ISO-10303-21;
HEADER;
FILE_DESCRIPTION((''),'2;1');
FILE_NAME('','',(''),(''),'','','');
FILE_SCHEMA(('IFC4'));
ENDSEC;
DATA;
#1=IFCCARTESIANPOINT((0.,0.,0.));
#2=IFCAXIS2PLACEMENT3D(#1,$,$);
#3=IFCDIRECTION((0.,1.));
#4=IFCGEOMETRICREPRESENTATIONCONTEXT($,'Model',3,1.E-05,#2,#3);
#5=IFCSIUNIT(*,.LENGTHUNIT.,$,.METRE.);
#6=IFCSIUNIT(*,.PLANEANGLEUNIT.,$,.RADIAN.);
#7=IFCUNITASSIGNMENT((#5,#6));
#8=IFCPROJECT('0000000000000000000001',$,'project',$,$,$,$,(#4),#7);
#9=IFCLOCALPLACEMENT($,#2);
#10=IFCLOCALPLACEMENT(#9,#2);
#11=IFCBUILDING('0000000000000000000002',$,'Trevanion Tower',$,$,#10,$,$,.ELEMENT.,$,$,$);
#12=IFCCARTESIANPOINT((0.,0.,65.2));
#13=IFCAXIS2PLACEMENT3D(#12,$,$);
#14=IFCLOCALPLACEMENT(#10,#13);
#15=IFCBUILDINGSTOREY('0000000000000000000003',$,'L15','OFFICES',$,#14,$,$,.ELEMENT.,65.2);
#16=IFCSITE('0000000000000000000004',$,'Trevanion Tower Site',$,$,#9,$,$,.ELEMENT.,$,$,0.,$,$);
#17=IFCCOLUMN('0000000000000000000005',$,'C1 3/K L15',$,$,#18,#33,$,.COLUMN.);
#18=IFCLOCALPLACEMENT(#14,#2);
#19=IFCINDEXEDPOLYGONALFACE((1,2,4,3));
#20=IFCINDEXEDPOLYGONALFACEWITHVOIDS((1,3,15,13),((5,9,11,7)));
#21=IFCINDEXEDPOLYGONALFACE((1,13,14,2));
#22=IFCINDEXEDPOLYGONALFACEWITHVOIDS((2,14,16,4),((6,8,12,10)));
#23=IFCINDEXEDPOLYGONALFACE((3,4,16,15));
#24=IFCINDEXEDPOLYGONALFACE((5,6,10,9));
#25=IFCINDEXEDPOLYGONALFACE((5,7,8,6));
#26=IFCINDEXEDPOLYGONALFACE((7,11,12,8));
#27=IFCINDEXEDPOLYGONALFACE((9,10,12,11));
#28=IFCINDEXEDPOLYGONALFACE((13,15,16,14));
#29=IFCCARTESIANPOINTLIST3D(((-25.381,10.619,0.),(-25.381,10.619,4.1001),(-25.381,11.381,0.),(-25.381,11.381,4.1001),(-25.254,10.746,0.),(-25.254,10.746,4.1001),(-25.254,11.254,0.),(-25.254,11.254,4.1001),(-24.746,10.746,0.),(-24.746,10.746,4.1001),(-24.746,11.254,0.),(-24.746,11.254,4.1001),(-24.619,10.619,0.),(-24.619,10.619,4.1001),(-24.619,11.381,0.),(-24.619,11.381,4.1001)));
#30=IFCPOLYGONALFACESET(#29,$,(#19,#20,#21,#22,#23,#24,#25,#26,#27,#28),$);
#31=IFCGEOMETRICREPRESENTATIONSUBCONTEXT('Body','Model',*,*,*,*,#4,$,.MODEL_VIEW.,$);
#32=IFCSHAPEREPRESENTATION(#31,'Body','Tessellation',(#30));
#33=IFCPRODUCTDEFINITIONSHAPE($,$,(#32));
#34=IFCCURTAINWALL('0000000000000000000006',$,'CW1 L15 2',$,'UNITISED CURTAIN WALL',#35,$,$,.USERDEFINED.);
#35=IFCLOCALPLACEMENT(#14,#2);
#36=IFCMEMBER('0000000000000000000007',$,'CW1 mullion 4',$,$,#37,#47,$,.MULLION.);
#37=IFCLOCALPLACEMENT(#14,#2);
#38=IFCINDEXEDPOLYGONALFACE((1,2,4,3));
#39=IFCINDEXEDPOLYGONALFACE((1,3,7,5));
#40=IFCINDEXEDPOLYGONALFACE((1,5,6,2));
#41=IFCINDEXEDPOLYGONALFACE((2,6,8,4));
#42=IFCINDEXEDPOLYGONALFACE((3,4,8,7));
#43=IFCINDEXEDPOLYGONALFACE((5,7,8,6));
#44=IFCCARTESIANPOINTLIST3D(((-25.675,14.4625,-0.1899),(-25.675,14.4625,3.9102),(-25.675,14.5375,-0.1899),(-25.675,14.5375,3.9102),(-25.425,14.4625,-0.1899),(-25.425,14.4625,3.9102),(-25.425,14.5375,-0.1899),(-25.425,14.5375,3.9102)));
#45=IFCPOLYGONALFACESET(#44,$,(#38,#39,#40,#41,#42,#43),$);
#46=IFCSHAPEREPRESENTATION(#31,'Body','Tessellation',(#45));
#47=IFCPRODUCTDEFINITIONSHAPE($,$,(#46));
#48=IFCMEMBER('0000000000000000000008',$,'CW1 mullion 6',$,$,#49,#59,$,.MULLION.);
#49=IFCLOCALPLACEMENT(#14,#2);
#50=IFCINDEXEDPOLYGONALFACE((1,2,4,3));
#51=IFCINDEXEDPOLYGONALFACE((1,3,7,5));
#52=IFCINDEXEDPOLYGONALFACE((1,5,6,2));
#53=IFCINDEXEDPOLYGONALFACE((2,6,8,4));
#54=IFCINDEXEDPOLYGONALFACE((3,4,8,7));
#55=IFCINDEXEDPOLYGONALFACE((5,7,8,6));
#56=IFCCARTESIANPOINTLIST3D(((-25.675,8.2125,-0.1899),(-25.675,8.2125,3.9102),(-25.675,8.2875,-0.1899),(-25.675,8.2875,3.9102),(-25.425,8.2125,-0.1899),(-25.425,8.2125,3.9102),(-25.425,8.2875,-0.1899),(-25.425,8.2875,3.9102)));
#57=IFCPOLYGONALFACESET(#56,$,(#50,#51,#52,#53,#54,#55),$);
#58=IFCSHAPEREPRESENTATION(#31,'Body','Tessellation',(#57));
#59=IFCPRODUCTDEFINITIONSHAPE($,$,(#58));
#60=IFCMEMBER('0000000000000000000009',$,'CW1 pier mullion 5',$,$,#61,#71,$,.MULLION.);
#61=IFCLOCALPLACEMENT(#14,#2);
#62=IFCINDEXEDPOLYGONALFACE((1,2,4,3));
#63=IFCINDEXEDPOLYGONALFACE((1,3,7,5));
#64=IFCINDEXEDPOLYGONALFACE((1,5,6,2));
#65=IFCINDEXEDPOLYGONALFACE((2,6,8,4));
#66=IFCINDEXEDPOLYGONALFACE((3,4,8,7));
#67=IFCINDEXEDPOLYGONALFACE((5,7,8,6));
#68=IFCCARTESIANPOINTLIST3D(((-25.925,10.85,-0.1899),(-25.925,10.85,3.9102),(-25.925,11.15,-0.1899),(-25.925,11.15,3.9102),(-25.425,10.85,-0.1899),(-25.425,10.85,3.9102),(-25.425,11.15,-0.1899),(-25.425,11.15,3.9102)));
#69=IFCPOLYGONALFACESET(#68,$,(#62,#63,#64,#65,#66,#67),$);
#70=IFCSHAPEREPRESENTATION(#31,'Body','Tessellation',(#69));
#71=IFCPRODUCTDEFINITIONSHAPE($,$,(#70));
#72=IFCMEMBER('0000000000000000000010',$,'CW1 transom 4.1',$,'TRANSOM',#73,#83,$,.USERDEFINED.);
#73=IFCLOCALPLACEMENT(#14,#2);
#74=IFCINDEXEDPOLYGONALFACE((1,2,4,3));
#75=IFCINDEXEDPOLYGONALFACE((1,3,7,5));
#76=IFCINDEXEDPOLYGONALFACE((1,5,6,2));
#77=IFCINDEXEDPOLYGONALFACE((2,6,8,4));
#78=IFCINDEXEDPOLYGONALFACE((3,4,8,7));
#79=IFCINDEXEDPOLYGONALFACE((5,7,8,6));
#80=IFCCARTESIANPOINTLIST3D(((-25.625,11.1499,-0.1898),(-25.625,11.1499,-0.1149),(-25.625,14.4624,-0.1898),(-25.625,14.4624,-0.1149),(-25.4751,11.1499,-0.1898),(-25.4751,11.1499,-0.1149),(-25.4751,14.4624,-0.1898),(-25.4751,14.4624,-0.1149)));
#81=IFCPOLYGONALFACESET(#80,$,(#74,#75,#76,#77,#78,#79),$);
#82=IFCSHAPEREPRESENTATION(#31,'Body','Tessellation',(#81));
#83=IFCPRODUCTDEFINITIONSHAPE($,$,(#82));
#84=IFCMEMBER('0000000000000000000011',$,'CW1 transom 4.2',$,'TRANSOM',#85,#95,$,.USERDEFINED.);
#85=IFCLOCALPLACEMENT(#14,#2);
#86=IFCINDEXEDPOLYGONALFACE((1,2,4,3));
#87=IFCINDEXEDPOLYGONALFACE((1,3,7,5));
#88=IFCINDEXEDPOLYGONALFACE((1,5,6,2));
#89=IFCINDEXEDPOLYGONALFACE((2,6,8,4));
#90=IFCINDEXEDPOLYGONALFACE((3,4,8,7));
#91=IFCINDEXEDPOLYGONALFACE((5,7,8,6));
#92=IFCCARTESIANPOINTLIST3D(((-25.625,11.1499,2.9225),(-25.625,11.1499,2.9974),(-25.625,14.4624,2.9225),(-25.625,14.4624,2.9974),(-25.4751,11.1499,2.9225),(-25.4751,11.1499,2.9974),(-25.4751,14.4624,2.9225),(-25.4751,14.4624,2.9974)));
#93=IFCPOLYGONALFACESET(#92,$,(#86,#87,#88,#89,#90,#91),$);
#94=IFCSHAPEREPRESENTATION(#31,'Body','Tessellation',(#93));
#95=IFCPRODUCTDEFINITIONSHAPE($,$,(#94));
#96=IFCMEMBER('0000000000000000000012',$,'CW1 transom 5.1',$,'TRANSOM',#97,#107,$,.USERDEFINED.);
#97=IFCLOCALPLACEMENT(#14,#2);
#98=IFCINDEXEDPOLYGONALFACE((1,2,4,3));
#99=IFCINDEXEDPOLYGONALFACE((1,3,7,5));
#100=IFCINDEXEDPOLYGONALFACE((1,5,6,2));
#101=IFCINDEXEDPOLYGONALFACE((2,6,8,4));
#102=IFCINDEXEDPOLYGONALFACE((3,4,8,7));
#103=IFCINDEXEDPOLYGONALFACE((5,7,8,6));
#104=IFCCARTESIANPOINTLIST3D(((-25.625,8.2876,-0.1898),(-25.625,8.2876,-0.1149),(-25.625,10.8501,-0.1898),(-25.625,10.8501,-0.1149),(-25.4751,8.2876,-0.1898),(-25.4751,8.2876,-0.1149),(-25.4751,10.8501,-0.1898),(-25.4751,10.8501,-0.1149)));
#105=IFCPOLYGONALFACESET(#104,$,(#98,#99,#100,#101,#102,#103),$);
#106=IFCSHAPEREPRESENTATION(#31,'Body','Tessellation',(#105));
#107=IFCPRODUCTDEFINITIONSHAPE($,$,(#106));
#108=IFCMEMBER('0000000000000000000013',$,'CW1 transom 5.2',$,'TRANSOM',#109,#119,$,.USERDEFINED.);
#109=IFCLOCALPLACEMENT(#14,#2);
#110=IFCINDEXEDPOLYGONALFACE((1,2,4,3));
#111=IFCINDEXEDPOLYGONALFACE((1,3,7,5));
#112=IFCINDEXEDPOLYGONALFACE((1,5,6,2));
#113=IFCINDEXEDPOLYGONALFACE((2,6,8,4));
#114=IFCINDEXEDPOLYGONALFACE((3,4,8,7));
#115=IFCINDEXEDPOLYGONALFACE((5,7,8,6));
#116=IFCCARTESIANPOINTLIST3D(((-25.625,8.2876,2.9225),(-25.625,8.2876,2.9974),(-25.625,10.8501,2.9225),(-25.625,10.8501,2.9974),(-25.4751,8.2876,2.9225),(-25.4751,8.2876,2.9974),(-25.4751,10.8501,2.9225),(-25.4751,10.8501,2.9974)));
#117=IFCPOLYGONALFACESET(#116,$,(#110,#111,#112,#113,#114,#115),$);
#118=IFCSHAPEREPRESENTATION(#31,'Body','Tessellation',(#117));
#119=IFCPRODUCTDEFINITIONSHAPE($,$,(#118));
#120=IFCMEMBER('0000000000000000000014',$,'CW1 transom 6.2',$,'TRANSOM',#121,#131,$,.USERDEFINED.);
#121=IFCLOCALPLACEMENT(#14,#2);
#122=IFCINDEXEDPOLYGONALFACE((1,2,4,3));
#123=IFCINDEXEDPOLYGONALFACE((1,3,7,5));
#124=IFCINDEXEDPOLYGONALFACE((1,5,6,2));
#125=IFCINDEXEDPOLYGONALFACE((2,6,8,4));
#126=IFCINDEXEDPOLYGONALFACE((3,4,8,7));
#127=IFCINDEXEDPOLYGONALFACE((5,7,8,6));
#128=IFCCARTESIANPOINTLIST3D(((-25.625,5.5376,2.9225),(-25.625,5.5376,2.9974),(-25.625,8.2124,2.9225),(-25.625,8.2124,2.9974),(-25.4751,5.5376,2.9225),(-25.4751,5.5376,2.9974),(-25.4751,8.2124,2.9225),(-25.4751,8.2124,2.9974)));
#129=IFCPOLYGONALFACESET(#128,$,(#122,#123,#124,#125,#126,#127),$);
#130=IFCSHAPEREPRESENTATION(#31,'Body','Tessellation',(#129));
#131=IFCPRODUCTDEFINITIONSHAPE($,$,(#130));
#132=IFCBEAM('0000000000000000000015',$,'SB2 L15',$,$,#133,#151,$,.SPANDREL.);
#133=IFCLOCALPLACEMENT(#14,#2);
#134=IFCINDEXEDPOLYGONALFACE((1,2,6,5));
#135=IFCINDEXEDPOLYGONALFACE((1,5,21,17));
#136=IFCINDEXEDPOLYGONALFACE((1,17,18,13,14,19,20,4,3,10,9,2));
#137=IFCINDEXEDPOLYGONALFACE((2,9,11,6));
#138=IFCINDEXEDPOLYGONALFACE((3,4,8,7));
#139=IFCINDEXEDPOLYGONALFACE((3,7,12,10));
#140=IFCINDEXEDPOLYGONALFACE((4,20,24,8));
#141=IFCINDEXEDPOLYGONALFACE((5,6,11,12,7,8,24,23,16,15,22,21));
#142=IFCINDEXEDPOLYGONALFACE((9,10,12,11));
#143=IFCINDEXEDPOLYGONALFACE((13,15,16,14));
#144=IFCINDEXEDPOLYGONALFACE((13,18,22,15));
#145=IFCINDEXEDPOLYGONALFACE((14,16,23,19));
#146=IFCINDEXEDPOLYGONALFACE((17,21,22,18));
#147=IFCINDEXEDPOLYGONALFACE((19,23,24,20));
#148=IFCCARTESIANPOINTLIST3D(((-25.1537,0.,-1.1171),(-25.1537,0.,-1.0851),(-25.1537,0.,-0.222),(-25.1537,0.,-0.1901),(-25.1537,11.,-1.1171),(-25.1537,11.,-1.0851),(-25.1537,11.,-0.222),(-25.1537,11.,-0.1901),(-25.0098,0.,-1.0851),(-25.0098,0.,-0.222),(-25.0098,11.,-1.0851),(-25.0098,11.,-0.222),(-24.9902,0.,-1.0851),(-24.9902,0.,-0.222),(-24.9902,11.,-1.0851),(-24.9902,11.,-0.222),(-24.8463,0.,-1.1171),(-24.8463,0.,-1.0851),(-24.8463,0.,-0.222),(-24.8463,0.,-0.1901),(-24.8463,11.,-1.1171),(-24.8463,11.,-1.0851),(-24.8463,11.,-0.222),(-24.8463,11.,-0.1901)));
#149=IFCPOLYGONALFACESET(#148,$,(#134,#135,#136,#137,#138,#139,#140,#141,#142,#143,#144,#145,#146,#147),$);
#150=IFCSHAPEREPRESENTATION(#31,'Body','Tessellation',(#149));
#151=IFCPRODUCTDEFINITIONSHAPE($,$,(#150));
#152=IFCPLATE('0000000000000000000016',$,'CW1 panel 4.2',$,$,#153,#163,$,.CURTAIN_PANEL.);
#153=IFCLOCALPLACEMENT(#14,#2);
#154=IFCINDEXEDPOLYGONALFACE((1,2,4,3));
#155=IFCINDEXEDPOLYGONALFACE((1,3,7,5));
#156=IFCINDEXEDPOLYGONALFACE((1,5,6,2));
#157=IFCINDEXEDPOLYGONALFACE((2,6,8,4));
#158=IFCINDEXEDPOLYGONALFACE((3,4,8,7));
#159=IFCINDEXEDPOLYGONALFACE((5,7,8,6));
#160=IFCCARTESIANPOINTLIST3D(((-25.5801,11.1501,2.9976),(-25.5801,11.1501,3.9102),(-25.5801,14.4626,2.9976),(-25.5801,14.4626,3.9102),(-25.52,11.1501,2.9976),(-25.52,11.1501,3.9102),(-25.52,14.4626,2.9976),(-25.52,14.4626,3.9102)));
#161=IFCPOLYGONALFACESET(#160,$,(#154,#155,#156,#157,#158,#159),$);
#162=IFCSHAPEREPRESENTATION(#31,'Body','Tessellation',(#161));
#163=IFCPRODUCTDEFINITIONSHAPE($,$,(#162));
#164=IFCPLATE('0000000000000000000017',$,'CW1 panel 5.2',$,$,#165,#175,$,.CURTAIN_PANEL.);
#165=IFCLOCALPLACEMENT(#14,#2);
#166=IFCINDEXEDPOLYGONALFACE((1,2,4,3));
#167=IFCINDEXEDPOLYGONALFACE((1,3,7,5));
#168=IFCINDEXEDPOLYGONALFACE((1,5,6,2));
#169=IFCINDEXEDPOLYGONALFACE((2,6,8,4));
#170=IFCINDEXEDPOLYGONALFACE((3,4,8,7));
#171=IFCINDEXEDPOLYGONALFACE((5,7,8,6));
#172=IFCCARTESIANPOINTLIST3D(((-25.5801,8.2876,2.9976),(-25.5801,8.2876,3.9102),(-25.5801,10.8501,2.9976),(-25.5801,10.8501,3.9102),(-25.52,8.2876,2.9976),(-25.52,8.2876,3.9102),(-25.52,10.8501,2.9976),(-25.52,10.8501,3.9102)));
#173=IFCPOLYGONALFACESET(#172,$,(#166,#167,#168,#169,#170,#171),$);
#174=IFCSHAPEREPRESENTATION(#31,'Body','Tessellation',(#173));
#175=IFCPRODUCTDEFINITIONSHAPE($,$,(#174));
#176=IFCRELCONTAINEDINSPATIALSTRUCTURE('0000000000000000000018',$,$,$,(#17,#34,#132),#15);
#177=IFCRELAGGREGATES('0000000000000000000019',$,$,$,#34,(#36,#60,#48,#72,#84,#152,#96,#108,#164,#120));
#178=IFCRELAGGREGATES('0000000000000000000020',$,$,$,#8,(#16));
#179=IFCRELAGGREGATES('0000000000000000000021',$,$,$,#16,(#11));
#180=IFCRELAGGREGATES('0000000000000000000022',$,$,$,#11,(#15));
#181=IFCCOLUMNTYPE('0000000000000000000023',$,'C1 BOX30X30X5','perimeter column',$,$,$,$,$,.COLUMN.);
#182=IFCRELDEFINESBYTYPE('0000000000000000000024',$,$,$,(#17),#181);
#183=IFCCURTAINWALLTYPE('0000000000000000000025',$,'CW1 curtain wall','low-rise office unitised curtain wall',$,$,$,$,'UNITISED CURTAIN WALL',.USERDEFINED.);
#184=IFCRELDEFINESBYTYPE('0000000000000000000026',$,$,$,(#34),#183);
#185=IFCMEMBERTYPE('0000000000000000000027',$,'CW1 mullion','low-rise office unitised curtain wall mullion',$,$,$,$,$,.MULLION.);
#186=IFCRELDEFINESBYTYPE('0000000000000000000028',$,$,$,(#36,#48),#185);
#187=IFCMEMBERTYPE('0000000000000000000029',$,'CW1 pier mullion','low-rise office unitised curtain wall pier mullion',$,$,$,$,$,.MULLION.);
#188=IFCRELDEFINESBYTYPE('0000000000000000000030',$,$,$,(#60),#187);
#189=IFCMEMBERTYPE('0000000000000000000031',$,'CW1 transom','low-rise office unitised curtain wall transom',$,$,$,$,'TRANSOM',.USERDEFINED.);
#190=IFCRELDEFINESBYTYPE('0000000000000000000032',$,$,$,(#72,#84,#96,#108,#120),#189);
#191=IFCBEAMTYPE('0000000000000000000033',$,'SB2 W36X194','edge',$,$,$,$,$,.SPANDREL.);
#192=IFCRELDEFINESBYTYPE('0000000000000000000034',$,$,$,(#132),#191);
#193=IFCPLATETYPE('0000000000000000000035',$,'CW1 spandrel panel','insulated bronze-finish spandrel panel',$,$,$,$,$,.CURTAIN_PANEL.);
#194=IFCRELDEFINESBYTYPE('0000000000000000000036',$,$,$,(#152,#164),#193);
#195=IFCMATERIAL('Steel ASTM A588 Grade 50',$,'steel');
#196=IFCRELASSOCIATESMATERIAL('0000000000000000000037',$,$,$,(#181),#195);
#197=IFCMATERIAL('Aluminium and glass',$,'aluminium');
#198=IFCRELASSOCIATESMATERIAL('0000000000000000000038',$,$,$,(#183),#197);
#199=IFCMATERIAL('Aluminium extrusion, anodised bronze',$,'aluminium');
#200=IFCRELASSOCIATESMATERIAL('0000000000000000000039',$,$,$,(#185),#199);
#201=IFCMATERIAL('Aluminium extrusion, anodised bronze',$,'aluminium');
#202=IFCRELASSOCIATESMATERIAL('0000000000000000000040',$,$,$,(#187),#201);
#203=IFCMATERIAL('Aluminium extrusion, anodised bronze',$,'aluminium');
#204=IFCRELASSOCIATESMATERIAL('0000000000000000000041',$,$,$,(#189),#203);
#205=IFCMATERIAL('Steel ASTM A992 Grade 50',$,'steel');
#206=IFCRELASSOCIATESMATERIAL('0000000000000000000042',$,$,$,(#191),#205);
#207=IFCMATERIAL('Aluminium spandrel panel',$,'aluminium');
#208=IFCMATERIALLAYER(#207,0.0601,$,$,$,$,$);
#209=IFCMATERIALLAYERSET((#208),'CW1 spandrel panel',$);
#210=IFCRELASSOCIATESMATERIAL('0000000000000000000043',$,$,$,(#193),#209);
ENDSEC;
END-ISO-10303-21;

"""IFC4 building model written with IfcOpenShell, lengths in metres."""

from ifc_helpers import new_model, si_unit, direction, frame, origin, origin_2d, place, context, subcontext, project, spatial, rectangle, hollow_rectangle, i_section, extrude, material, layer, layer_set, material_profile, profile_set, type_object, element, aggregate, save


model = new_model("IFC4")

# Units and contexts
model_context = context("Model", 3, precision=1e-05, world=origin(), true_north=direction((0.0, 1.0)))
body_context = subcontext(model_context, "Body", "Model", "MODEL_VIEW")
ifc_project = project(units=[si_unit("LENGTHUNIT", "METRE"), si_unit("PLANEANGLEUNIT", "RADIAN")], contexts=[model_context])

# Site, building, storey
site_placement = place(None, origin())
site = spatial("IfcSite", under=ifc_project, at=site_placement, Name="Trevanion Tower Site", CompositionType="ELEMENT", RefElevation=0.0)
building_placement = place(site_placement, origin())
building = spatial("IfcBuilding", under=site, at=building_placement, Name="Trevanion Tower", CompositionType="ELEMENT")
storey_placement = place(building_placement, frame((0.0, 0.0, 65.2)))
storey = spatial("IfcBuildingStorey", under=building, at=storey_placement, Name="L15", Description="OFFICES", CompositionType="ELEMENT", Elevation=65.2)

# Column
ifc_material_1 = material(Name="Steel ASTM A588 Grade 50", Category="steel")
ifc_material_profile_1 = material_profile(ifc_material_1, hollow_rectangle(XDim=0.762, YDim=0.762, WallThickness=0.127, at=origin_2d()), Name="BOX30X30X5")
ifc_profile_set_1 = profile_set([ifc_material_profile_1], Name="Steel ASTM A588 Grade 50")
column_type = type_object("IfcColumnType", Name="C1 BOX30X30X5", Description="perimeter column", PredefinedType="COLUMN", material=ifc_profile_set_1)
column_placement = place(storey_placement, frame((-25.0, 11.0, 0.0), z_axis=(0.0, 0.0, 1.0), x_axis=(0.0, 1.0, 0.0)))
element("IfcColumn", 1, at=column_placement, inside=storey, type_object=column_type, Name="C1 3/K L15", PredefinedType="COLUMN", context=body_context, shape_type="SweptSolid", body=[
    extrude(hollow_rectangle(XDim=0.762, YDim=0.762, WallThickness=0.127, at=origin_2d()), origin(), (0.0, 0.0, 1.0), 4.1001),
])

# Curtain wall, members
ifc_material_2 = material(Name="Aluminium and glass", Category="aluminium")
curtain_wall_type = type_object("IfcCurtainWallType", Name="CW1 curtain wall", Description="low-rise office unitised curtain wall", ElementType="UNITISED CURTAIN WALL", PredefinedType="USERDEFINED", material=ifc_material_2)
curtain_wall_placement = place(storey_placement, origin())
curtain_wall = element("IfcCurtainWall", 2, at=curtain_wall_placement, inside=storey, type_object=curtain_wall_type, Name="CW1 L15 2", ObjectType="UNITISED CURTAIN WALL", PredefinedType="USERDEFINED")
ifc_material_3 = material(Name="Aluminium extrusion, anodised bronze", Category="aluminium")
ifc_material_profile_2 = material_profile(ifc_material_3, rectangle(XDim=0.075, YDim=0.25, at=origin_2d()), Name="CW1 mullion")
ifc_profile_set_2 = profile_set([ifc_material_profile_2], Name="Aluminium extrusion, anodised bronze")
member_type_1 = type_object("IfcMemberType", Name="CW1 mullion", Description="low-rise office unitised curtain wall mullion", PredefinedType="MULLION", material=ifc_profile_set_2)
member_1_placement = place(storey_placement, frame((-25.55, 14.5, -0.1899), z_axis=(0.0, 0.0, 1.0), x_axis=(0.0, -1.0, 0.0)))
member_1 = element("IfcMember", 3, at=member_1_placement, type_object=member_type_1, Name="CW1 mullion 4", PredefinedType="MULLION", context=body_context, shape_type="SweptSolid", body=[
    extrude(rectangle(XDim=0.075, YDim=0.25, at=origin_2d()), origin(), (0.0, 0.0, 1.0), 4.1001),
])
member_2_placement = place(storey_placement, frame((-25.55, 8.25, -0.1899), z_axis=(0.0, 0.0, 1.0), x_axis=(0.0, -1.0, 0.0)))
member_2 = element("IfcMember", 4, at=member_2_placement, type_object=member_type_1, Name="CW1 mullion 6", PredefinedType="MULLION", context=body_context, shape_type="SweptSolid", body=[
    extrude(rectangle(XDim=0.075, YDim=0.25, at=origin_2d()), origin(), (0.0, 0.0, 1.0), 4.1001),
])
ifc_material_4 = material(Name="Aluminium extrusion, anodised bronze", Category="aluminium")
ifc_material_profile_3 = material_profile(ifc_material_4, rectangle(XDim=0.3, YDim=0.5, at=origin_2d()), Name="CW1 pier mullion")
ifc_profile_set_3 = profile_set([ifc_material_profile_3], Name="Aluminium extrusion, anodised bronze")
member_type_2 = type_object("IfcMemberType", Name="CW1 pier mullion", Description="low-rise office unitised curtain wall pier mullion", PredefinedType="MULLION", material=ifc_profile_set_3)
member_3_placement = place(storey_placement, frame((-25.675, 11.0, -0.1899), z_axis=(0.0, 0.0, 1.0), x_axis=(0.0, -1.0, 0.0)))
member_3 = element("IfcMember", 5, at=member_3_placement, type_object=member_type_2, Name="CW1 pier mullion 5", PredefinedType="MULLION", context=body_context, shape_type="SweptSolid", body=[
    extrude(rectangle(XDim=0.3, YDim=0.5, at=origin_2d()), origin(), (0.0, 0.0, 1.0), 4.1001),
])
ifc_material_5 = material(Name="Aluminium extrusion, anodised bronze", Category="aluminium")
ifc_material_profile_4 = material_profile(ifc_material_5, rectangle(XDim=0.1499, YDim=0.075, at=origin_2d()), Name="CW1 transom")
ifc_profile_set_4 = profile_set([ifc_material_profile_4], Name="Aluminium extrusion, anodised bronze")
member_type_3 = type_object("IfcMemberType", Name="CW1 transom", Description="low-rise office unitised curtain wall transom", ElementType="TRANSOM", PredefinedType="USERDEFINED", material=ifc_profile_set_4)
member_4_placement = place(storey_placement, frame((-25.55, 14.4624, -0.1523), z_axis=(0.0, -1.0, 0.0), x_axis=(1.0, 0.0, 0.0)))
member_4 = element("IfcMember", 6, at=member_4_placement, type_object=member_type_3, Name="CW1 transom 4.1", ObjectType="TRANSOM", PredefinedType="USERDEFINED", context=body_context, shape_type="SweptSolid", body=[
    extrude(rectangle(XDim=0.1499, YDim=0.075, at=origin_2d()), origin(), (0.0, 0.0, 1.0), 3.3125),
])
member_5_placement = place(storey_placement, frame((-25.55, 14.4624, 2.96), z_axis=(0.0, -1.0, 0.0), x_axis=(1.0, 0.0, 0.0)))
member_5 = element("IfcMember", 7, at=member_5_placement, type_object=member_type_3, Name="CW1 transom 4.2", ObjectType="TRANSOM", PredefinedType="USERDEFINED", context=body_context, shape_type="SweptSolid", body=[
    extrude(rectangle(XDim=0.1499, YDim=0.075, at=origin_2d()), origin(), (0.0, 0.0, 1.0), 3.3125),
])
member_6_placement = place(storey_placement, frame((-25.55, 10.8501, -0.1523), z_axis=(0.0, -1.0, 0.0), x_axis=(1.0, 0.0, 0.0)))
member_6 = element("IfcMember", 8, at=member_6_placement, type_object=member_type_3, Name="CW1 transom 5.1", ObjectType="TRANSOM", PredefinedType="USERDEFINED", context=body_context, shape_type="SweptSolid", body=[
    extrude(rectangle(XDim=0.1499, YDim=0.075, at=origin_2d()), origin(), (0.0, 0.0, 1.0), 2.5625),
])
member_7_placement = place(storey_placement, frame((-25.55, 10.8501, 2.96), z_axis=(0.0, -1.0, 0.0), x_axis=(1.0, 0.0, 0.0)))
member_7 = element("IfcMember", 9, at=member_7_placement, type_object=member_type_3, Name="CW1 transom 5.2", ObjectType="TRANSOM", PredefinedType="USERDEFINED", context=body_context, shape_type="SweptSolid", body=[
    extrude(rectangle(XDim=0.1499, YDim=0.075, at=origin_2d()), origin(), (0.0, 0.0, 1.0), 2.5625),
])
member_8_placement = place(storey_placement, frame((-25.55, 8.2124, 2.96), z_axis=(0.0, -1.0, 0.0), x_axis=(1.0, 0.0, 0.0)))
member_8 = element("IfcMember", 10, at=member_8_placement, type_object=member_type_3, Name="CW1 transom 6.2", ObjectType="TRANSOM", PredefinedType="USERDEFINED", context=body_context, shape_type="SweptSolid", body=[
    extrude(rectangle(XDim=0.1499, YDim=0.075, at=origin_2d()), origin(), (0.0, 0.0, 1.0), 2.6748),
])

# Beam
ifc_material_6 = material(Name="Steel ASTM A992 Grade 50", Category="steel")
ifc_material_profile_5 = material_profile(ifc_material_6, i_section(OverallWidth=0.3074, OverallDepth=0.927, WebThickness=0.0195, FlangeThickness=0.032, at=origin_2d()), Name="W36X194")
ifc_profile_set_5 = profile_set([ifc_material_profile_5], Name="Steel ASTM A992 Grade 50")
beam_type = type_object("IfcBeamType", Name="SB2 W36X194", Description="edge", PredefinedType="SPANDREL", material=ifc_profile_set_5)
beam_placement = place(storey_placement, frame((-25.0, 11.0, -0.6536), z_axis=(0.0, -1.0, 0.0), x_axis=(1.0, 0.0, 0.0)))
element("IfcBeam", 11, at=beam_placement, inside=storey, type_object=beam_type, Name="SB2 L15", PredefinedType="SPANDREL", context=body_context, shape_type="SweptSolid", body=[
    extrude(i_section(OverallWidth=0.3074, OverallDepth=0.927, WebThickness=0.0195, FlangeThickness=0.032, at=origin_2d()), origin(), (0.0, 0.0, 1.0), 11.0),
])

# Plates
ifc_material_7 = material(Name="Aluminium spandrel panel", Category="aluminium")
ifc_layer_1 = layer(ifc_material_7, 0.0601)
ifc_layer_set_1 = layer_set([ifc_layer_1], Name="CW1 spandrel panel")
plate_type_1 = type_object("IfcPlateType", Name="CW1 spandrel panel", Description="insulated bronze-finish spandrel panel", PredefinedType="CURTAIN_PANEL", material=ifc_layer_set_1)
plate_1_placement = place(storey_placement, frame((-25.55, 12.8064, 2.9976), z_axis=(0.0, 0.0, 1.0), x_axis=(0.0, -1.0, 0.0)))
plate_1 = element("IfcPlate", 12, at=plate_1_placement, type_object=plate_type_1, Name="CW1 panel 4.2", PredefinedType="CURTAIN_PANEL", context=body_context, shape_type="SweptSolid", body=[
    extrude(rectangle(XDim=3.3125, YDim=0.0601, at=origin_2d()), origin(), (0.0, 0.0, 1.0), 0.9126),
])
plate_2_placement = place(storey_placement, frame((-25.55, 9.5688, 2.9976), z_axis=(0.0, 0.0, 1.0), x_axis=(0.0, -1.0, 0.0)))
plate_2 = element("IfcPlate", 13, at=plate_2_placement, type_object=plate_type_1, Name="CW1 panel 5.2", PredefinedType="CURTAIN_PANEL", context=body_context, shape_type="SweptSolid", body=[
    extrude(rectangle(XDim=2.5625, YDim=0.0601, at=origin_2d()), origin(), (0.0, 0.0, 1.0), 0.9126),
])
aggregate(curtain_wall, [member_1, member_3, member_2, member_4, member_5, plate_1, member_6, member_7, plate_2, member_8])

save(model, "model.ifc")
